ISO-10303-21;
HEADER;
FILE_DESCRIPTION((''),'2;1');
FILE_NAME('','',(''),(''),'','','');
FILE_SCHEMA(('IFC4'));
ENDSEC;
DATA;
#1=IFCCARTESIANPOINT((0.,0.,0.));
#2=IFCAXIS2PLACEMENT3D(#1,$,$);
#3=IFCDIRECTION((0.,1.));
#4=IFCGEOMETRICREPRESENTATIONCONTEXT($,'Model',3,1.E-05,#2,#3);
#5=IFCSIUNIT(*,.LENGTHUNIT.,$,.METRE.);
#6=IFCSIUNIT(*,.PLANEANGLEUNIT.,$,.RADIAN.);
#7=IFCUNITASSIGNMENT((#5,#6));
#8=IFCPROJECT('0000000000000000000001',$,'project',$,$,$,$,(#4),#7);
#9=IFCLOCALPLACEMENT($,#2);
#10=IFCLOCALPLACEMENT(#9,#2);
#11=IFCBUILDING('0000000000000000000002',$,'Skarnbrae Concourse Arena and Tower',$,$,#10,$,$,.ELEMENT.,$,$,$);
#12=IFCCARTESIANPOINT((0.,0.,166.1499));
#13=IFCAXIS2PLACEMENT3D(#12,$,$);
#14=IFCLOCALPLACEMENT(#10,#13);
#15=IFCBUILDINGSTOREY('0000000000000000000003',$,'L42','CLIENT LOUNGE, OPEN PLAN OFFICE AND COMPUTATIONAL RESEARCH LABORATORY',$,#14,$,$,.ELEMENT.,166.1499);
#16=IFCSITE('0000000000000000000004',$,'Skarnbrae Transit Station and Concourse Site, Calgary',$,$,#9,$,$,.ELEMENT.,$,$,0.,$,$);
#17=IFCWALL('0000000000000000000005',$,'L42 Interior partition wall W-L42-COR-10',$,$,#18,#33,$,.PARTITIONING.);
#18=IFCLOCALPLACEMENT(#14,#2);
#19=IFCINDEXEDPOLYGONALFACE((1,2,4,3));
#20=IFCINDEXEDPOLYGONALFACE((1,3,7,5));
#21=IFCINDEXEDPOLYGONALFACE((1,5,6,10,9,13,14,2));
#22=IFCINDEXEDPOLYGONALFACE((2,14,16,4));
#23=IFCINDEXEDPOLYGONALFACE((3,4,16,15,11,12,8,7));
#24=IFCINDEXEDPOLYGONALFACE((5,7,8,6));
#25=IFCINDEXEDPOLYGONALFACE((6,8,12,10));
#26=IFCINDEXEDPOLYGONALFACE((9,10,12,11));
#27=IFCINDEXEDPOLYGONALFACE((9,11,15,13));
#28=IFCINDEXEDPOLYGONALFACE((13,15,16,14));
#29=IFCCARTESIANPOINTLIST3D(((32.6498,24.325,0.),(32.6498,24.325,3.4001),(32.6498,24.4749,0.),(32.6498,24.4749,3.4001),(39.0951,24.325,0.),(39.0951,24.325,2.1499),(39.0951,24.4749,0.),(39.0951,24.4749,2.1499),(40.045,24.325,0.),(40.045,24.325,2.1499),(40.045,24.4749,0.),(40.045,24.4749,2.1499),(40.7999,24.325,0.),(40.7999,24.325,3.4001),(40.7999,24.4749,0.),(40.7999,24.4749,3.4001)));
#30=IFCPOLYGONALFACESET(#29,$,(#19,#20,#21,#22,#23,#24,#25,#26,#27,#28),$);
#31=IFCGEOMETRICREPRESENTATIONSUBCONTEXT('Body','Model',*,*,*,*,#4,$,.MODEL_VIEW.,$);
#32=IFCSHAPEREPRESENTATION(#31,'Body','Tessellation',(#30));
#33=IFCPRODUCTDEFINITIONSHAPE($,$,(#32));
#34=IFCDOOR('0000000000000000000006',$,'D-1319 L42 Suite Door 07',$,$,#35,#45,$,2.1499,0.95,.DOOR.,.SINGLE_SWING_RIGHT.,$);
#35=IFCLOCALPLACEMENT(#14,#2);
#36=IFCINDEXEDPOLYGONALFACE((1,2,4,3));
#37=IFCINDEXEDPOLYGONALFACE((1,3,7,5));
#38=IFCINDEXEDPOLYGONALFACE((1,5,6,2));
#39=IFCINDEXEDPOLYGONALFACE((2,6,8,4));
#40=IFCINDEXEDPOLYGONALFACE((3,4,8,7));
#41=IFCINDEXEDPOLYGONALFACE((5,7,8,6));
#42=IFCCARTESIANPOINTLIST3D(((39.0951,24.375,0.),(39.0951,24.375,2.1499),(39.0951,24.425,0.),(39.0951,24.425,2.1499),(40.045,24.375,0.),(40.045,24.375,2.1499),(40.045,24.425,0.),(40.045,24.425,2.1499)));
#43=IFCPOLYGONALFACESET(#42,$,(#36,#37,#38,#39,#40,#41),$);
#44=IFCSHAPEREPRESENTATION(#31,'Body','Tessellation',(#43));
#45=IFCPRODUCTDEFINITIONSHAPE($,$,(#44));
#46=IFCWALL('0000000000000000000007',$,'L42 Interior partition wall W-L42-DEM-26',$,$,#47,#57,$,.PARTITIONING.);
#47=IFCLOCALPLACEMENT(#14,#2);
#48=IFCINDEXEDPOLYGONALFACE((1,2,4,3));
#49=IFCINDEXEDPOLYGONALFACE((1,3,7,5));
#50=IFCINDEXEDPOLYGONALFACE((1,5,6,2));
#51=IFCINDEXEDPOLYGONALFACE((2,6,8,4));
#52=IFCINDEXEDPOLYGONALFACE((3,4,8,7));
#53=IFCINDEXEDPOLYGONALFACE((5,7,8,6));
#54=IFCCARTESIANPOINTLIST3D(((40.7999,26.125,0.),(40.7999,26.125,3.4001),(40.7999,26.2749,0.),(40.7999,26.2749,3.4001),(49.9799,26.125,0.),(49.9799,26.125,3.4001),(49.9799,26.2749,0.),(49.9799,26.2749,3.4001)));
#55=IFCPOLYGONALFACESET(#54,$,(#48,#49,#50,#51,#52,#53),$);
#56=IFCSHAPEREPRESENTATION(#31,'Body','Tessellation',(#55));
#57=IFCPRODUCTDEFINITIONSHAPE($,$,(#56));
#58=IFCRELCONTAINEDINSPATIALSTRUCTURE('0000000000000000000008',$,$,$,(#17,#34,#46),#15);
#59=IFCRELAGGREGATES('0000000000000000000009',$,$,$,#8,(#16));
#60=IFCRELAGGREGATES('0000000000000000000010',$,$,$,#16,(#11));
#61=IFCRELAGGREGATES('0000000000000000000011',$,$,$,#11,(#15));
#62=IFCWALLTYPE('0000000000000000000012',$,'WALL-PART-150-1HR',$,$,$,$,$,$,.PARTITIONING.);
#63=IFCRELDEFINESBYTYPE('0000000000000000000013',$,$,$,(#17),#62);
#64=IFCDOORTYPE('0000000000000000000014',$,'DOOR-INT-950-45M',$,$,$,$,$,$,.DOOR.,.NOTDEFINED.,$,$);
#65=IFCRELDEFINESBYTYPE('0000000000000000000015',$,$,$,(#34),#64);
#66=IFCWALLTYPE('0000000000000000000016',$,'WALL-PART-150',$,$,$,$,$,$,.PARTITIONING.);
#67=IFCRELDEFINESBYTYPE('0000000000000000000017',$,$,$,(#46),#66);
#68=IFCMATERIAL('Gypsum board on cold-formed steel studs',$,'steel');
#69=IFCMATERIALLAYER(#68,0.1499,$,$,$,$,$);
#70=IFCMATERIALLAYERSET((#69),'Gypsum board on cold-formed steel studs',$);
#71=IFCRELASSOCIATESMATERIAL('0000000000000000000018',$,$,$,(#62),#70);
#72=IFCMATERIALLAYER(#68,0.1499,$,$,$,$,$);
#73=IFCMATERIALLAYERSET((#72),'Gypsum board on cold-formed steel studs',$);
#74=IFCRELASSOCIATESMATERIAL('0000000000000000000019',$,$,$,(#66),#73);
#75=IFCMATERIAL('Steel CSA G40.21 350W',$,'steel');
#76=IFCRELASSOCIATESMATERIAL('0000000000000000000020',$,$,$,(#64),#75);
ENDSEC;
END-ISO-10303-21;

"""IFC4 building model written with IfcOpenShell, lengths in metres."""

from ifc_helpers import new_model, si_unit, direction, frame, frame_2d, origin, place, context, subcontext, project, spatial, rectangle, extrude, source, transform, mapped, material, layer, layer_set, type_object, element, fill, save


model = new_model("IFC4")

# Units and contexts
model_context = context("Model", 3, precision=1e-05, world=origin(), true_north=direction((0.0, 1.0)))
body_context = subcontext(model_context, "Body", "Model", "MODEL_VIEW")
ifc_project = project(units=[si_unit("LENGTHUNIT", "METRE"), si_unit("PLANEANGLEUNIT", "RADIAN")], contexts=[model_context])

# Site, building, storey
site_placement = place(None, origin())
site = spatial("IfcSite", under=ifc_project, at=site_placement, Name="Skarnbrae Transit Station and Concourse Site, Calgary", CompositionType="ELEMENT", RefElevation=0.0)
building_placement = place(site_placement, origin())
building = spatial("IfcBuilding", under=site, at=building_placement, Name="Skarnbrae Concourse Arena and Tower", CompositionType="ELEMENT")
storey_placement = place(building_placement, frame((0.0, 0.0, 166.1499)))
storey = spatial("IfcBuildingStorey", under=building, at=storey_placement, Name="L42", Description="CLIENT LOUNGE, OPEN PLAN OFFICE AND COMPUTATIONAL RESEARCH LABORATORY", CompositionType="ELEMENT", Elevation=166.1499)

# Shared definitions
ifc_material_1 = material(Name="Steel CSA G40.21 350W", Category="steel")

# Shared definitions
ifc_material_2 = material(Name="Gypsum board on cold-formed steel studs", Category="steel")
ifc_layer_1 = layer(ifc_material_2, 0.1499)
ifc_layer_set_1 = layer_set([ifc_layer_1], Name="Gypsum board on cold-formed steel studs")
wall_type_1 = type_object("IfcWallType", Name="WALL-PART-150-1HR", PredefinedType="PARTITIONING", material=ifc_layer_set_1)
ifc_layer_2 = layer(ifc_material_2, 0.1499)
ifc_layer_set_2 = layer_set([ifc_layer_2], Name="Gypsum board on cold-formed steel studs")
wall_type_2 = type_object("IfcWallType", Name="WALL-PART-150", PredefinedType="PARTITIONING", material=ifc_layer_set_2)

# Wall, opening, door
shared_shape_1 = source(origin(), body_context, "Body", "SweptSolid", [
    extrude(rectangle(XDim=8.1501, YDim=0.1499, at=frame_2d((4.0752, 0.0))), origin(), (0.0, 0.0, 1.0), 3.4001),
])
wall_1_placement = place(storey_placement, frame((40.8, 24.3999, 0.0), z_axis=(0.0, 0.0, 1.0), x_axis=(-1.0, 0.0, 0.0)))
wall_1 = element("IfcWall", 1, at=wall_1_placement, inside=storey, type_object=wall_type_1, Name="L42 Interior partition wall W-L42-COR-10", PredefinedType="PARTITIONING", context=body_context, shape_type="MappedRepresentation", body=[
    mapped(shared_shape_1, transform((0.0, 0.0, 0.0))),
])
opening_placement = place(wall_1_placement, frame((0.7549, 0.0, 0.0)))
opening = element("IfcOpeningElement", 2, at=opening_placement, cuts=wall_1, PredefinedType="OPENING", context=body_context, shape_type="SweptSolid", body=[
    extrude(rectangle(XDim=0.95, YDim=2.1499, at=frame_2d((0.4751, 1.075))), frame((0.0, 0.085, 0.0), z_axis=(0.0, -1.0, 0.0), x_axis=(1.0, 0.0, 0.0)), (0.0, 0.0, 1.0), 0.1699),
])
door_type = type_object("IfcDoorType", Name="DOOR-INT-950-45M", OperationType="NOTDEFINED", PredefinedType="DOOR", material=ifc_material_1)
shared_shape_2 = source(origin(), body_context, "Body", "SweptSolid", [
    extrude(rectangle(XDim=0.95, YDim=2.1499, at=frame_2d((0.4751, 1.075))), frame((0.0, 0.0249, 0.0), z_axis=(0.0, -1.0, 0.0), x_axis=(1.0, 0.0, 0.0)), (0.0, 0.0, 1.0), 0.05),
])
door_placement = place(opening_placement, origin())
door = element("IfcDoor", 3, at=door_placement, inside=storey, type_object=door_type, Name="D-1319 L42 Suite Door 07", OperationType="SINGLE_SWING_RIGHT", OverallHeight=2.1499, OverallWidth=0.95, PredefinedType="DOOR", context=body_context, shape_type="MappedRepresentation", body=[
    mapped(shared_shape_2, transform((0.0, 0.0, 0.0))),
])
fill(opening, door)

# Wall
shared_shape_3 = source(origin(), body_context, "Body", "SweptSolid", [
    extrude(rectangle(XDim=9.1799, YDim=0.1499, at=frame_2d((4.5898, 0.0))), origin(), (0.0, 0.0, 1.0), 3.4001),
])
wall_2_placement = place(storey_placement, frame((40.8, 26.2, 0.0), z_axis=(0.0, 0.0, 1.0), x_axis=(1.0, 0.0, 0.0)))
element("IfcWall", 4, at=wall_2_placement, inside=storey, type_object=wall_type_2, Name="L42 Interior partition wall W-L42-DEM-26", PredefinedType="PARTITIONING", context=body_context, shape_type="MappedRepresentation", body=[
    mapped(shared_shape_3, transform((0.0, 0.0, 0.0))),
])

save(model, "model.ifc")
